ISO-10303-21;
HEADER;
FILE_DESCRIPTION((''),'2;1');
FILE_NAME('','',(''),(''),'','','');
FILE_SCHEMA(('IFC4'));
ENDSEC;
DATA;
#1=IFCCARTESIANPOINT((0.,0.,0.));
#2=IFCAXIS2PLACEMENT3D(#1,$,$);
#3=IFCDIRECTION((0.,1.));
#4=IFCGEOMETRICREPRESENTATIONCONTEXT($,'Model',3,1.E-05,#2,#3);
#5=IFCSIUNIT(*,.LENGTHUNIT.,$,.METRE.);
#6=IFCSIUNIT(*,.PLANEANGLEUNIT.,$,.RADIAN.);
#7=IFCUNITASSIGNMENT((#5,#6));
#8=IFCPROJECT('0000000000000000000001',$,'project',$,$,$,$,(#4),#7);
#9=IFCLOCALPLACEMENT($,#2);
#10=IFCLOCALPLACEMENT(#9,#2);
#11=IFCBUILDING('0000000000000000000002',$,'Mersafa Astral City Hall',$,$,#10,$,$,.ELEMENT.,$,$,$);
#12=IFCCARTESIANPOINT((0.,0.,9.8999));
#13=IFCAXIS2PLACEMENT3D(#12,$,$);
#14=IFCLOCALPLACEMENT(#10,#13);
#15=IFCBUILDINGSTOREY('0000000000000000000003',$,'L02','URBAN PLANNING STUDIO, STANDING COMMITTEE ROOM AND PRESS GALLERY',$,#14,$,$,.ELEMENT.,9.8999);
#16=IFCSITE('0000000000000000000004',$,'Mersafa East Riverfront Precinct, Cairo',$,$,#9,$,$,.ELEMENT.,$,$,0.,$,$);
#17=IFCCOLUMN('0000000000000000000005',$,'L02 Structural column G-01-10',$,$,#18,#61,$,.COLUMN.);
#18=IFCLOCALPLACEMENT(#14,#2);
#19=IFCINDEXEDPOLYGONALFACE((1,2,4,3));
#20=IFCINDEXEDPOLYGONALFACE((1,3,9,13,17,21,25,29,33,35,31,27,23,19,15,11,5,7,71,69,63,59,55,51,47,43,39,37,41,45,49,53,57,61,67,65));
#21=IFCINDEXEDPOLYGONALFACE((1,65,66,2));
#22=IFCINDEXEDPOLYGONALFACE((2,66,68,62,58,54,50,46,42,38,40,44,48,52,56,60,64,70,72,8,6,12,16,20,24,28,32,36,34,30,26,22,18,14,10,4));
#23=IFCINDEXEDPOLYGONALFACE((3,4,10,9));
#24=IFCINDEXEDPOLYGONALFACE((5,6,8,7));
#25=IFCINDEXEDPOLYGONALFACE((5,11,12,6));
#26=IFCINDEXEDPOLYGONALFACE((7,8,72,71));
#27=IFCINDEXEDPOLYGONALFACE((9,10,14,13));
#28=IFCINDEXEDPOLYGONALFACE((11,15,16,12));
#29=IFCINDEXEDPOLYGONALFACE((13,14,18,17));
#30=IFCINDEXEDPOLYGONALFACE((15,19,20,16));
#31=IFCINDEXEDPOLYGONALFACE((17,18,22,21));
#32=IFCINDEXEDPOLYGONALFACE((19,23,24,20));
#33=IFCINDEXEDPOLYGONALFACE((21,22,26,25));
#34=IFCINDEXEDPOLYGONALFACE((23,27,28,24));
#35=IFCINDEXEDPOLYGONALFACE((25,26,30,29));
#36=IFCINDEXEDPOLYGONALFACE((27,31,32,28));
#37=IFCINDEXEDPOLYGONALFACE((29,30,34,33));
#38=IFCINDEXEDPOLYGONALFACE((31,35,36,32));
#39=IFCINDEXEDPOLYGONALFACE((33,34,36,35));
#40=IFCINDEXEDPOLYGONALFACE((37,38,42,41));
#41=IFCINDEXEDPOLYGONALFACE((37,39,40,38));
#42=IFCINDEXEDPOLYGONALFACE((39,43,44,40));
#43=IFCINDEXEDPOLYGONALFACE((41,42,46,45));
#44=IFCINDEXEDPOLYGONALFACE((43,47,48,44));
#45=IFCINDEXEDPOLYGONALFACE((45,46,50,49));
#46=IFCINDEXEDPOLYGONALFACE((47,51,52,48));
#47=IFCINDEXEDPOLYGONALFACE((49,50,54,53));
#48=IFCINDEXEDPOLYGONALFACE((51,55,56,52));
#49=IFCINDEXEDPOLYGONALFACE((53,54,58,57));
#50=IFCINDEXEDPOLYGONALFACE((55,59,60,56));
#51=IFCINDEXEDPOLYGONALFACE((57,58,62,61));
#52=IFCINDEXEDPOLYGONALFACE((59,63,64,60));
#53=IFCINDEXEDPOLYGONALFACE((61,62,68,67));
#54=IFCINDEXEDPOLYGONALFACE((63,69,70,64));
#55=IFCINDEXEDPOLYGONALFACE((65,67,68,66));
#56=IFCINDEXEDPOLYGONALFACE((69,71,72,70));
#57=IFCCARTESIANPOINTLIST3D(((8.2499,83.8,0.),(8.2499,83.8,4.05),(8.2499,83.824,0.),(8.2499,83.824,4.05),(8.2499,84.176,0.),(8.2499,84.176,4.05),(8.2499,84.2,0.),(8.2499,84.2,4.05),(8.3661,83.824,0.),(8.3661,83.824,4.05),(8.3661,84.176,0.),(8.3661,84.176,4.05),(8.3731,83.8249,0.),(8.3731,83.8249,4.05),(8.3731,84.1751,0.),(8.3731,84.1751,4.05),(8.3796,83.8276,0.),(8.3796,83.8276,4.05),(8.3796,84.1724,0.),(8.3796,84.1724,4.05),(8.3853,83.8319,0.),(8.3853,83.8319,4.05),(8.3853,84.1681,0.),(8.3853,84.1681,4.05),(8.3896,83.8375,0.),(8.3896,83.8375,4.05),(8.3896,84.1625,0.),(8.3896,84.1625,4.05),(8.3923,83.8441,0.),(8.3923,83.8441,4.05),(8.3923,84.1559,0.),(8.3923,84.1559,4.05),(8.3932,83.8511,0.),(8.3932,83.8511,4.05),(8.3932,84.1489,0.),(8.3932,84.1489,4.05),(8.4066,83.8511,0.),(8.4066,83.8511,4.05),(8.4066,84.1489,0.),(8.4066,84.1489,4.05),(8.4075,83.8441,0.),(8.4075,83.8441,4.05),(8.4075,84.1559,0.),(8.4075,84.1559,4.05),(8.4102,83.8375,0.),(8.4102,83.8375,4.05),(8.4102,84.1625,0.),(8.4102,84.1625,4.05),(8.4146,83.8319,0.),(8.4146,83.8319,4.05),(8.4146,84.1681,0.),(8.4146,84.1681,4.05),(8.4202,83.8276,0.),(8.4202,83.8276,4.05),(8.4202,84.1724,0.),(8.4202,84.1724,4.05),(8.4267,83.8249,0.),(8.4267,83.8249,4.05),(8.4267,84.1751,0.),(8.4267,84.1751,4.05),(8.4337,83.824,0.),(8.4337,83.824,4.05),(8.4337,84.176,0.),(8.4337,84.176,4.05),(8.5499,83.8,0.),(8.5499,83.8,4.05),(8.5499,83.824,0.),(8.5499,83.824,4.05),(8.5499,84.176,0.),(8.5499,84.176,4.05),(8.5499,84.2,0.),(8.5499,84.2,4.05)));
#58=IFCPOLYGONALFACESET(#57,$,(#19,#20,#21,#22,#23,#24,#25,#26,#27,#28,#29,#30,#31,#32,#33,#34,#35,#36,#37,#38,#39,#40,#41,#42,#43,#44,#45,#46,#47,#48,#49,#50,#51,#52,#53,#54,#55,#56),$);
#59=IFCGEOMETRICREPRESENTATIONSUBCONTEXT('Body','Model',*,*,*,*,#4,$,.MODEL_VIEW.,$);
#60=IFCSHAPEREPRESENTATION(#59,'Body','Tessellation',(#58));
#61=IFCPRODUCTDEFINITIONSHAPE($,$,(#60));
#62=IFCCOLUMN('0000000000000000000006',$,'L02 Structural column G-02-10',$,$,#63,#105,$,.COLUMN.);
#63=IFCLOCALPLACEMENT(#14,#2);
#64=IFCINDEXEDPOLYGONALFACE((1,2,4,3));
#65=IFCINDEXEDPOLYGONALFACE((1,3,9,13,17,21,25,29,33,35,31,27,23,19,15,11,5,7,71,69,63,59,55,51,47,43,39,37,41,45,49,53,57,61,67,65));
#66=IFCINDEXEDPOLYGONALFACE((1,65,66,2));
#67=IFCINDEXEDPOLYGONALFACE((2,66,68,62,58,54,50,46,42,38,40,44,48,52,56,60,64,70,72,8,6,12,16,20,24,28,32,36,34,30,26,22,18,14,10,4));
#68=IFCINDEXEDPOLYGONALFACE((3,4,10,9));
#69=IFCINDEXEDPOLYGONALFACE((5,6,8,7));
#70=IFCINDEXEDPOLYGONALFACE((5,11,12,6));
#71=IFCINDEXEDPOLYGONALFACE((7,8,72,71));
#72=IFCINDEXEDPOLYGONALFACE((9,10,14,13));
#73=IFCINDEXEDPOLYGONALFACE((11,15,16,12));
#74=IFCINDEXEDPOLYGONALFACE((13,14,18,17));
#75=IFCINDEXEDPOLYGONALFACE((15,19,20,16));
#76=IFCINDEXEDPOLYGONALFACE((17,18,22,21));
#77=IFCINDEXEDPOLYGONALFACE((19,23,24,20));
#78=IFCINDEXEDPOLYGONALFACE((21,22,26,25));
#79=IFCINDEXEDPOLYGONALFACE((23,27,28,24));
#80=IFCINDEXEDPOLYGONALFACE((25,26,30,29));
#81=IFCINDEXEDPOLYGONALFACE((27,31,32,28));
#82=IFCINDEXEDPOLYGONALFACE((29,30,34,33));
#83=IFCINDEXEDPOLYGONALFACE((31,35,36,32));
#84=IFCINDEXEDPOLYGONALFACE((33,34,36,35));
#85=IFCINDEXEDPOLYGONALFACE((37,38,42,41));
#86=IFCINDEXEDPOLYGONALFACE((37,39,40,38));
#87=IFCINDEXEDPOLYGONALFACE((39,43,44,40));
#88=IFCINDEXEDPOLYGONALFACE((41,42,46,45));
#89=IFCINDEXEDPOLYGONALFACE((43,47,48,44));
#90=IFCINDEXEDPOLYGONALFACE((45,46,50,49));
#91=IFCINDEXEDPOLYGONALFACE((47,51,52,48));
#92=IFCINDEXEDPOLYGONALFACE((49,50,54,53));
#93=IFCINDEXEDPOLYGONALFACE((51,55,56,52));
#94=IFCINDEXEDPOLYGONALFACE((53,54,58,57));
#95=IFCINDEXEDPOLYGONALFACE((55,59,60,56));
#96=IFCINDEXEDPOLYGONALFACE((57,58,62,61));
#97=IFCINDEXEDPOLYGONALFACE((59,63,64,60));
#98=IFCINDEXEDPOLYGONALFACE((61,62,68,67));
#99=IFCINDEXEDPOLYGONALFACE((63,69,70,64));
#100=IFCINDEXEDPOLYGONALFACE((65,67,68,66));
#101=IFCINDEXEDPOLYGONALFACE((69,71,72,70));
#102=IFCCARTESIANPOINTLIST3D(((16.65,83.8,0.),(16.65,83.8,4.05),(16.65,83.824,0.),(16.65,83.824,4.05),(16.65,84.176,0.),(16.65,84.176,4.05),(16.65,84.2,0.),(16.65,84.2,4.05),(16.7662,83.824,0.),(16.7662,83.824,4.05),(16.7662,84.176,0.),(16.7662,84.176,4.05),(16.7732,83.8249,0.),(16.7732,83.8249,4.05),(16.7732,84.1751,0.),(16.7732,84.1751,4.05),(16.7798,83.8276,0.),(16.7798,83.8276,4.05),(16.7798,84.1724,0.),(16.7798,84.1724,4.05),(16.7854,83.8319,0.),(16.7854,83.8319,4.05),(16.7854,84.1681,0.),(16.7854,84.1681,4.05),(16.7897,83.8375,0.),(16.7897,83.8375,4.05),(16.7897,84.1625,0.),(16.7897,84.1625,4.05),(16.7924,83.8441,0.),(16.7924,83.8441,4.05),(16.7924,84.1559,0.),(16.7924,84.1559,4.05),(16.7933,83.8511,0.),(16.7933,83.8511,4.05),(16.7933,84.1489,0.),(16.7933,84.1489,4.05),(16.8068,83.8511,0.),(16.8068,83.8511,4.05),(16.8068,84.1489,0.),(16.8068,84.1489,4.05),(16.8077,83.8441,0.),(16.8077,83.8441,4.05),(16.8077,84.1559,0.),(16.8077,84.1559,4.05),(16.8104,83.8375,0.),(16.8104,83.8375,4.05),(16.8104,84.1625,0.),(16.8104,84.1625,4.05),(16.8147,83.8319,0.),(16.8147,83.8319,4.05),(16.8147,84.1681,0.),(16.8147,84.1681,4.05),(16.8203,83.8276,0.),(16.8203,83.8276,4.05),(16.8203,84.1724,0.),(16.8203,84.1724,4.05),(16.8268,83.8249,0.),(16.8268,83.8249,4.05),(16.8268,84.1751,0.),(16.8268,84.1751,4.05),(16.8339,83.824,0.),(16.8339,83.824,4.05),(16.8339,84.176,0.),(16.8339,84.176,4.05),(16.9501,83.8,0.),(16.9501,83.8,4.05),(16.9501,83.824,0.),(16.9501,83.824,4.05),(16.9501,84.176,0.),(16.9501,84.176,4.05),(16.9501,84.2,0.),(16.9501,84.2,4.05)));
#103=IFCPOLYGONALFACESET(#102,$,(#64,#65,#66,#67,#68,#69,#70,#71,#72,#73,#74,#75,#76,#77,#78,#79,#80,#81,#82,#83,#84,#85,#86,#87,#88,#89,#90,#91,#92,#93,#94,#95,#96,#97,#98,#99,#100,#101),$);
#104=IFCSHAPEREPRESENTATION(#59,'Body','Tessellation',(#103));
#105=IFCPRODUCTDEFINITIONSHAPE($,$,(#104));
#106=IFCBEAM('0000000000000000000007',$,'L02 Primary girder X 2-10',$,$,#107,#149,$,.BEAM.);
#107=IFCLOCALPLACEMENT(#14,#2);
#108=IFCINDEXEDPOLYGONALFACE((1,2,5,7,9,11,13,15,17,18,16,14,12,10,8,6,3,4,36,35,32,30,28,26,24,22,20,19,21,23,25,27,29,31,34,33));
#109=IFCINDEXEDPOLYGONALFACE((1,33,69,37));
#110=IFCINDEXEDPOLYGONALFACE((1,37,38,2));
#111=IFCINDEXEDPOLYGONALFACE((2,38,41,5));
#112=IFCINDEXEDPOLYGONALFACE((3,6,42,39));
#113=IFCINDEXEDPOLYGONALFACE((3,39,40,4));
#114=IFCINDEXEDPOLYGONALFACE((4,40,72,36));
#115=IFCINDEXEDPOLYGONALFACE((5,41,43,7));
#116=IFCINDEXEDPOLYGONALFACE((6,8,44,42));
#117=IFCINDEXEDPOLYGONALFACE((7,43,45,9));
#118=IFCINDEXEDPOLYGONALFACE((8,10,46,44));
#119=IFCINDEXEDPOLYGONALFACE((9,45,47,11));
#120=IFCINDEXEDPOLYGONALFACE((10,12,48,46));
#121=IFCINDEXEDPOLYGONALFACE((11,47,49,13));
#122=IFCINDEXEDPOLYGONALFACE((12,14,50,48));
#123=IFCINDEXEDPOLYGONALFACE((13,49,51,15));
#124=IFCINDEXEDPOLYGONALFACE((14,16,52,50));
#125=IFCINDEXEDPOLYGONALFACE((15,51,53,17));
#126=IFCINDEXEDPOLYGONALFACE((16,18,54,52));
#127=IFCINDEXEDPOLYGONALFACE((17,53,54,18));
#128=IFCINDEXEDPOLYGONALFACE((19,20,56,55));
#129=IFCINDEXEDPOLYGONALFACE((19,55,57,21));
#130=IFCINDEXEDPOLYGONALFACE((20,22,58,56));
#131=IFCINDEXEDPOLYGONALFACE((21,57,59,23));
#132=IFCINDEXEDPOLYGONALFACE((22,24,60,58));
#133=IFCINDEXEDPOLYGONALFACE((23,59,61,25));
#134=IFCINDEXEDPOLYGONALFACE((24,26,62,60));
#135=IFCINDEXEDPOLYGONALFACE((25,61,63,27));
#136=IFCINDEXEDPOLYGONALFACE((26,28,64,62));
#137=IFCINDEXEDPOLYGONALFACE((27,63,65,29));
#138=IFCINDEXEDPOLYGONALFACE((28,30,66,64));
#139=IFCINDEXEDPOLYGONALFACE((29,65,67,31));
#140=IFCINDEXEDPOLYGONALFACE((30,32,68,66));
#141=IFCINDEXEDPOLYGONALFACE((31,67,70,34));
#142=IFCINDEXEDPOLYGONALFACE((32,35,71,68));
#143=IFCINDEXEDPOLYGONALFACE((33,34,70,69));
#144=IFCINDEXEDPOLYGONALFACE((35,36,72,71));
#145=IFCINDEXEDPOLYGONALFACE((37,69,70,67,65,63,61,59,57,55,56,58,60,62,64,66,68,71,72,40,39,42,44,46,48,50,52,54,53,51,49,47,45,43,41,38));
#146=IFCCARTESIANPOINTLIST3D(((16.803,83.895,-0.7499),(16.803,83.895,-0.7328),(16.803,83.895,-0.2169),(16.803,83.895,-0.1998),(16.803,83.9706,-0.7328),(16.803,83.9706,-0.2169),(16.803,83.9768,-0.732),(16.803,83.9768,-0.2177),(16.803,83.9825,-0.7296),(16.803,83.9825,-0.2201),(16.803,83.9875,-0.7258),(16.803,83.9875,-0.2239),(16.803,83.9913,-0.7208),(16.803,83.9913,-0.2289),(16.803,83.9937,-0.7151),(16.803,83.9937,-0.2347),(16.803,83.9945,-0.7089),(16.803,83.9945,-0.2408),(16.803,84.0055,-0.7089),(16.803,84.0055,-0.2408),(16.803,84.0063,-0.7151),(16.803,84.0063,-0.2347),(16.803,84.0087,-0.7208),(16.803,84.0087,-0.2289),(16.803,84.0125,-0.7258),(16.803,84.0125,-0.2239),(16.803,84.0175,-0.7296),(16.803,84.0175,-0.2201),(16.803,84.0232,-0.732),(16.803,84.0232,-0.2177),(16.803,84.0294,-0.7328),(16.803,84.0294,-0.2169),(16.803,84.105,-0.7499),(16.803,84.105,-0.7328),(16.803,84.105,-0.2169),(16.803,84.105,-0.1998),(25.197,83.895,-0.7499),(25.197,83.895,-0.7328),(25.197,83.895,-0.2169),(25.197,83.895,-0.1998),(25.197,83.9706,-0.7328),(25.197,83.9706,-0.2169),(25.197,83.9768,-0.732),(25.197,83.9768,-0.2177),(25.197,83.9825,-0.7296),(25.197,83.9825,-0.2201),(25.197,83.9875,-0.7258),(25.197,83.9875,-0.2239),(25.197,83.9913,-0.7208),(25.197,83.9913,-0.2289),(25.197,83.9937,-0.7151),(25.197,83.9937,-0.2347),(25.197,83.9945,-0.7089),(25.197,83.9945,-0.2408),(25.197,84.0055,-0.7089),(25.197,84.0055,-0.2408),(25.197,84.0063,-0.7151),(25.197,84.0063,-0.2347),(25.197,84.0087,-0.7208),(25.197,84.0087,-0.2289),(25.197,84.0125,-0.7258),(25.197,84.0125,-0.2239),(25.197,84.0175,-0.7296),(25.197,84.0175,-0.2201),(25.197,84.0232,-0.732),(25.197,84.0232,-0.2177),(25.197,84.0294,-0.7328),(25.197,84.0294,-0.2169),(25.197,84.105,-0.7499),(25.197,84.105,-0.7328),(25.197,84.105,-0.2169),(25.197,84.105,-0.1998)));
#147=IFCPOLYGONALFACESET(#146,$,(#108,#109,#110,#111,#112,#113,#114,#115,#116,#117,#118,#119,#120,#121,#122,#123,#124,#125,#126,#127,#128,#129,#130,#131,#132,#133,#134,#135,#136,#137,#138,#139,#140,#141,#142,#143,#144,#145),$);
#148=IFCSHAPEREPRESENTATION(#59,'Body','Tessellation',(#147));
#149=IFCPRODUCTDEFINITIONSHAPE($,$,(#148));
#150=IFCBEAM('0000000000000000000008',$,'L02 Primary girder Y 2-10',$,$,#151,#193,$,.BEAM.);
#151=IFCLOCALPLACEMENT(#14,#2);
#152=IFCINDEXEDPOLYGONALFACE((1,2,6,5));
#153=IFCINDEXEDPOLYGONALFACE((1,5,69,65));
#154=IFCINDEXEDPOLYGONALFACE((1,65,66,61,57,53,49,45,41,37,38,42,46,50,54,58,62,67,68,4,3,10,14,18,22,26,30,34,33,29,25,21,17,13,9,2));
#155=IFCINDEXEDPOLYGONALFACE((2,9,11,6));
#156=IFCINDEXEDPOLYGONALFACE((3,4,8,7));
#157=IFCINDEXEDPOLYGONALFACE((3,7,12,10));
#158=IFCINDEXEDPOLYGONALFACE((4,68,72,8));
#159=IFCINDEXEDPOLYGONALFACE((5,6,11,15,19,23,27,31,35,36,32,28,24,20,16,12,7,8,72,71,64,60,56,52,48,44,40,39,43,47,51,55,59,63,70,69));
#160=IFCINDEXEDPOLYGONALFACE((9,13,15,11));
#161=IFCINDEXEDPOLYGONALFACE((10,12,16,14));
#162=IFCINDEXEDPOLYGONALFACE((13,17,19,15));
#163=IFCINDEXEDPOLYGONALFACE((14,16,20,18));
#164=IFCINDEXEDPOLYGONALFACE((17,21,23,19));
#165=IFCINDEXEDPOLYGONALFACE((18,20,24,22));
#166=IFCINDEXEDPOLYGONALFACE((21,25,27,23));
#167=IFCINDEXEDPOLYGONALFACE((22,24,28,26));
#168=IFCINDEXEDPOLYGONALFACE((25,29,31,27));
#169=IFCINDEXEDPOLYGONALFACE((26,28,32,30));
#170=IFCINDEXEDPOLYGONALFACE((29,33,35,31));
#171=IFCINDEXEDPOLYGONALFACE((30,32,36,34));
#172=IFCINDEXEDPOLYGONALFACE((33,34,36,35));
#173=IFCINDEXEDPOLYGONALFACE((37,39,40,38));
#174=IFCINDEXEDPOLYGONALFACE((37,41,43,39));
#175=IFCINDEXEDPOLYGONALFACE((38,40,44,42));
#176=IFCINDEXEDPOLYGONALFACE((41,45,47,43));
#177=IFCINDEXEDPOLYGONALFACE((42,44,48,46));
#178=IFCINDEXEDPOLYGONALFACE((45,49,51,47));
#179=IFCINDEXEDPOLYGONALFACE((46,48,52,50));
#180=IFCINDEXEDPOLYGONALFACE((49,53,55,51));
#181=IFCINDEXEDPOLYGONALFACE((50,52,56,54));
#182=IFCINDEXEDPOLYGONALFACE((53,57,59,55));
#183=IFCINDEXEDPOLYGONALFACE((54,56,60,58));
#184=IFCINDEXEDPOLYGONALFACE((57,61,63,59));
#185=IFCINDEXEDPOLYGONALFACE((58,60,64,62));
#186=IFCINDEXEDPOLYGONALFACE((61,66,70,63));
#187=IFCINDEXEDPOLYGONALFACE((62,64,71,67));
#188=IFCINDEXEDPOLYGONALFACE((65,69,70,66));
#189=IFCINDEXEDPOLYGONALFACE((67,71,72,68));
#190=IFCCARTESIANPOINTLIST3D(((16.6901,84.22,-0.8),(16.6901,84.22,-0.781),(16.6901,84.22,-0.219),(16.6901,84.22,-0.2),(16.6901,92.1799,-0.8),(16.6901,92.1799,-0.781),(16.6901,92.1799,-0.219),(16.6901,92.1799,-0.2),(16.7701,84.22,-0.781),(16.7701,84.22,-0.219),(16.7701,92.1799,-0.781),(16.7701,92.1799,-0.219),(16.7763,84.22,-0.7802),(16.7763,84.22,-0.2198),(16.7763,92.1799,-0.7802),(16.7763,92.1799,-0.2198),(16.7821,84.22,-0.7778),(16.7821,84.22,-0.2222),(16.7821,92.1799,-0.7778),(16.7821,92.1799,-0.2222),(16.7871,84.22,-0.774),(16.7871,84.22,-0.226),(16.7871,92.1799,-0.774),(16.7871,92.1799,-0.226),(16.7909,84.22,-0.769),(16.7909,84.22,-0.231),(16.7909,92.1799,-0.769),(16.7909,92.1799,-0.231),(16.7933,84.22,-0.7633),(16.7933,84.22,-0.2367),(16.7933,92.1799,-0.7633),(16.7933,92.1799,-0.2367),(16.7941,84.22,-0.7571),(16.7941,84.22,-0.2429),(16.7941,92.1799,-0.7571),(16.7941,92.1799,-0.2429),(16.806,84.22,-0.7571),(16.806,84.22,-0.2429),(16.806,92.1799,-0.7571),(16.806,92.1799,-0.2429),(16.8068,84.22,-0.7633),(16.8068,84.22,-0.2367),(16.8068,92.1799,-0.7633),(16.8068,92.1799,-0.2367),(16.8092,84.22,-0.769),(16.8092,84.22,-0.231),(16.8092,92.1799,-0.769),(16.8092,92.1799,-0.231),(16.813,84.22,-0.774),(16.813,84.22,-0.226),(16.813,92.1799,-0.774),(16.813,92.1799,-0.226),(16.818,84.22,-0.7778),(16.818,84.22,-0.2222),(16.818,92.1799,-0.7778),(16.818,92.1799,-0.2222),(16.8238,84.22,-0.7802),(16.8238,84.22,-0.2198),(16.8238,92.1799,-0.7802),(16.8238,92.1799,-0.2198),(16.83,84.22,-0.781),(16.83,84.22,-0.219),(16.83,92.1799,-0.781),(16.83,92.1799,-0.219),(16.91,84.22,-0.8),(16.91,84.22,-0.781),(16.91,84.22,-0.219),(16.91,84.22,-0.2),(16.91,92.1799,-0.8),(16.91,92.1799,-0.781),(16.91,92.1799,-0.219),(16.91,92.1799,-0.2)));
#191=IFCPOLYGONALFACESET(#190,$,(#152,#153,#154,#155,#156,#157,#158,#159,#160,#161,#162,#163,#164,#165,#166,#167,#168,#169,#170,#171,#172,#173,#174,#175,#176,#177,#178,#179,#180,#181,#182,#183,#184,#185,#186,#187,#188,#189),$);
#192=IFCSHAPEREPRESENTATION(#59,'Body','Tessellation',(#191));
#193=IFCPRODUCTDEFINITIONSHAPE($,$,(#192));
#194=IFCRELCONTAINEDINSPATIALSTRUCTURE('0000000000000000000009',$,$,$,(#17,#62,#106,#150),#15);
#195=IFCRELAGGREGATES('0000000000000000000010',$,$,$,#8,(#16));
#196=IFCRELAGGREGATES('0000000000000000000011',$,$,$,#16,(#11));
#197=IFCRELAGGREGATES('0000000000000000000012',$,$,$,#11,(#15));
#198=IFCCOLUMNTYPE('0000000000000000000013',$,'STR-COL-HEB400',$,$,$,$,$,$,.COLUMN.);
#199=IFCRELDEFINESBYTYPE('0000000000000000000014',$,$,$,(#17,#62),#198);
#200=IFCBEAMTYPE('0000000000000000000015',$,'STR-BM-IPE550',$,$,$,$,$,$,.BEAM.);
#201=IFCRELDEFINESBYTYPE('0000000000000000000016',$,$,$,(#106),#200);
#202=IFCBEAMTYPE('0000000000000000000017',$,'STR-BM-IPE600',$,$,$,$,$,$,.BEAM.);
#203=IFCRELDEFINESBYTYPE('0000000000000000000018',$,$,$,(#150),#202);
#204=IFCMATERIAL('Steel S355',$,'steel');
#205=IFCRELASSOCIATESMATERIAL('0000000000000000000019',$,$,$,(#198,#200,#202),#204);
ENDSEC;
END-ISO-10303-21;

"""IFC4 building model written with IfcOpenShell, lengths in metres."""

from ifc_helpers import new_model, si_unit, direction, frame, origin, origin_2d, place, context, subcontext, project, spatial, i_section, extrude, material, material_profile, profile_set, type_object, element, save


model = new_model("IFC4")

# Units and contexts
model_context = context("Model", 3, precision=1e-05, world=origin(), true_north=direction((0.0, 1.0)))
body_context = subcontext(model_context, "Body", "Model", "MODEL_VIEW")
ifc_project = project(units=[si_unit("LENGTHUNIT", "METRE"), si_unit("PLANEANGLEUNIT", "RADIAN")], contexts=[model_context])

# Site, building, storey
site_placement = place(None, origin())
site = spatial("IfcSite", under=ifc_project, at=site_placement, Name="Mersafa East Riverfront Precinct, Cairo", CompositionType="ELEMENT", RefElevation=0.0)
building_placement = place(site_placement, origin())
building = spatial("IfcBuilding", under=site, at=building_placement, Name="Mersafa Astral City Hall", CompositionType="ELEMENT")
storey_placement = place(building_placement, frame((0.0, 0.0, 9.8999)))
storey = spatial("IfcBuildingStorey", under=building, at=storey_placement, Name="L02", Description="URBAN PLANNING STUDIO, STANDING COMMITTEE ROOM AND PRESS GALLERY", CompositionType="ELEMENT", Elevation=9.8999)

# Columns
ifc_material_1 = material(Name="Steel S355", Category="steel")
ifc_material_profile_1 = material_profile(ifc_material_1, i_section(OverallWidth=0.3, OverallDepth=0.3999, WebThickness=0.0134, FlangeThickness=0.0239, FilletRadius=0.0271, at=origin_2d()), Name="HEB 400")
ifc_profile_set_1 = profile_set([ifc_material_profile_1], Name="Steel S355")
column_type = type_object("IfcColumnType", Name="STR-COL-HEB400", PredefinedType="COLUMN", material=ifc_profile_set_1)
for number, where, z_axis, x_axis, name in (
    (1, (8.3999, 84.0, 0.0), (0.0, 0.0, 1.0), (1.0, 0.0, 0.0), "L02 Structural column G-01-10"),
    (2, (16.8, 84.0, 0.0), (0.0, 0.0, 1.0), (1.0, 0.0, 0.0), "L02 Structural column G-02-10"),
):
    element("IfcColumn", number, at=place(storey_placement, frame(where, z_axis=z_axis, x_axis=x_axis)), inside=storey, type_object=column_type, Name=name, PredefinedType="COLUMN", context=body_context, shape_type="SweptSolid", body=[
        extrude(i_section(OverallWidth=0.3, OverallDepth=0.3999, WebThickness=0.0134, FlangeThickness=0.0239, FilletRadius=0.0271, at=origin_2d()), origin(), (0.0, 0.0, 1.0), 4.05),
    ])

# Beams
ifc_material_profile_2 = material_profile(ifc_material_1, i_section(OverallWidth=0.21, OverallDepth=0.55, WebThickness=0.011, FlangeThickness=0.0171, FilletRadius=0.0239, at=origin_2d()), Name="IPE 550")
ifc_profile_set_2 = profile_set([ifc_material_profile_2], Name="Steel S355")
beam_type_1 = type_object("IfcBeamType", Name="STR-BM-IPE550", PredefinedType="BEAM", material=ifc_profile_set_2)
beam_1_placement = place(storey_placement, frame((16.803, 84.0, -0.4749), z_axis=(1.0, 0.0, 0.0), x_axis=(0.0, 1.0, 0.0)))
element("IfcBeam", 3, at=beam_1_placement, inside=storey, type_object=beam_type_1, Name="L02 Primary girder X 2-10", PredefinedType="BEAM", context=body_context, shape_type="SweptSolid", body=[
    extrude(i_section(OverallWidth=0.21, OverallDepth=0.55, WebThickness=0.011, FlangeThickness=0.0171, FilletRadius=0.0239, at=origin_2d()), origin(), (0.0, 0.0, 1.0), 8.394),
])
ifc_material_profile_3 = material_profile(ifc_material_1, i_section(OverallWidth=0.22, OverallDepth=0.6001, WebThickness=0.012, FlangeThickness=0.019, FilletRadius=0.0239, at=origin_2d()), Name="IPE 600")
ifc_profile_set_3 = profile_set([ifc_material_profile_3], Name="Steel S355")
beam_type_2 = type_object("IfcBeamType", Name="STR-BM-IPE600", PredefinedType="BEAM", material=ifc_profile_set_3)
beam_2_placement = place(storey_placement, frame((16.8, 84.22, -0.5), z_axis=(0.0, 1.0, 0.0), x_axis=(-1.0, 0.0, 0.0)))
element("IfcBeam", 4, at=beam_2_placement, inside=storey, type_object=beam_type_2, Name="L02 Primary girder Y 2-10", PredefinedType="BEAM", context=body_context, shape_type="SweptSolid", body=[
    extrude(i_section(OverallWidth=0.22, OverallDepth=0.6001, WebThickness=0.012, FlangeThickness=0.019, FilletRadius=0.0239, at=origin_2d()), origin(), (0.0, 0.0, 1.0), 7.96),
])

save(model, "model.ifc")
